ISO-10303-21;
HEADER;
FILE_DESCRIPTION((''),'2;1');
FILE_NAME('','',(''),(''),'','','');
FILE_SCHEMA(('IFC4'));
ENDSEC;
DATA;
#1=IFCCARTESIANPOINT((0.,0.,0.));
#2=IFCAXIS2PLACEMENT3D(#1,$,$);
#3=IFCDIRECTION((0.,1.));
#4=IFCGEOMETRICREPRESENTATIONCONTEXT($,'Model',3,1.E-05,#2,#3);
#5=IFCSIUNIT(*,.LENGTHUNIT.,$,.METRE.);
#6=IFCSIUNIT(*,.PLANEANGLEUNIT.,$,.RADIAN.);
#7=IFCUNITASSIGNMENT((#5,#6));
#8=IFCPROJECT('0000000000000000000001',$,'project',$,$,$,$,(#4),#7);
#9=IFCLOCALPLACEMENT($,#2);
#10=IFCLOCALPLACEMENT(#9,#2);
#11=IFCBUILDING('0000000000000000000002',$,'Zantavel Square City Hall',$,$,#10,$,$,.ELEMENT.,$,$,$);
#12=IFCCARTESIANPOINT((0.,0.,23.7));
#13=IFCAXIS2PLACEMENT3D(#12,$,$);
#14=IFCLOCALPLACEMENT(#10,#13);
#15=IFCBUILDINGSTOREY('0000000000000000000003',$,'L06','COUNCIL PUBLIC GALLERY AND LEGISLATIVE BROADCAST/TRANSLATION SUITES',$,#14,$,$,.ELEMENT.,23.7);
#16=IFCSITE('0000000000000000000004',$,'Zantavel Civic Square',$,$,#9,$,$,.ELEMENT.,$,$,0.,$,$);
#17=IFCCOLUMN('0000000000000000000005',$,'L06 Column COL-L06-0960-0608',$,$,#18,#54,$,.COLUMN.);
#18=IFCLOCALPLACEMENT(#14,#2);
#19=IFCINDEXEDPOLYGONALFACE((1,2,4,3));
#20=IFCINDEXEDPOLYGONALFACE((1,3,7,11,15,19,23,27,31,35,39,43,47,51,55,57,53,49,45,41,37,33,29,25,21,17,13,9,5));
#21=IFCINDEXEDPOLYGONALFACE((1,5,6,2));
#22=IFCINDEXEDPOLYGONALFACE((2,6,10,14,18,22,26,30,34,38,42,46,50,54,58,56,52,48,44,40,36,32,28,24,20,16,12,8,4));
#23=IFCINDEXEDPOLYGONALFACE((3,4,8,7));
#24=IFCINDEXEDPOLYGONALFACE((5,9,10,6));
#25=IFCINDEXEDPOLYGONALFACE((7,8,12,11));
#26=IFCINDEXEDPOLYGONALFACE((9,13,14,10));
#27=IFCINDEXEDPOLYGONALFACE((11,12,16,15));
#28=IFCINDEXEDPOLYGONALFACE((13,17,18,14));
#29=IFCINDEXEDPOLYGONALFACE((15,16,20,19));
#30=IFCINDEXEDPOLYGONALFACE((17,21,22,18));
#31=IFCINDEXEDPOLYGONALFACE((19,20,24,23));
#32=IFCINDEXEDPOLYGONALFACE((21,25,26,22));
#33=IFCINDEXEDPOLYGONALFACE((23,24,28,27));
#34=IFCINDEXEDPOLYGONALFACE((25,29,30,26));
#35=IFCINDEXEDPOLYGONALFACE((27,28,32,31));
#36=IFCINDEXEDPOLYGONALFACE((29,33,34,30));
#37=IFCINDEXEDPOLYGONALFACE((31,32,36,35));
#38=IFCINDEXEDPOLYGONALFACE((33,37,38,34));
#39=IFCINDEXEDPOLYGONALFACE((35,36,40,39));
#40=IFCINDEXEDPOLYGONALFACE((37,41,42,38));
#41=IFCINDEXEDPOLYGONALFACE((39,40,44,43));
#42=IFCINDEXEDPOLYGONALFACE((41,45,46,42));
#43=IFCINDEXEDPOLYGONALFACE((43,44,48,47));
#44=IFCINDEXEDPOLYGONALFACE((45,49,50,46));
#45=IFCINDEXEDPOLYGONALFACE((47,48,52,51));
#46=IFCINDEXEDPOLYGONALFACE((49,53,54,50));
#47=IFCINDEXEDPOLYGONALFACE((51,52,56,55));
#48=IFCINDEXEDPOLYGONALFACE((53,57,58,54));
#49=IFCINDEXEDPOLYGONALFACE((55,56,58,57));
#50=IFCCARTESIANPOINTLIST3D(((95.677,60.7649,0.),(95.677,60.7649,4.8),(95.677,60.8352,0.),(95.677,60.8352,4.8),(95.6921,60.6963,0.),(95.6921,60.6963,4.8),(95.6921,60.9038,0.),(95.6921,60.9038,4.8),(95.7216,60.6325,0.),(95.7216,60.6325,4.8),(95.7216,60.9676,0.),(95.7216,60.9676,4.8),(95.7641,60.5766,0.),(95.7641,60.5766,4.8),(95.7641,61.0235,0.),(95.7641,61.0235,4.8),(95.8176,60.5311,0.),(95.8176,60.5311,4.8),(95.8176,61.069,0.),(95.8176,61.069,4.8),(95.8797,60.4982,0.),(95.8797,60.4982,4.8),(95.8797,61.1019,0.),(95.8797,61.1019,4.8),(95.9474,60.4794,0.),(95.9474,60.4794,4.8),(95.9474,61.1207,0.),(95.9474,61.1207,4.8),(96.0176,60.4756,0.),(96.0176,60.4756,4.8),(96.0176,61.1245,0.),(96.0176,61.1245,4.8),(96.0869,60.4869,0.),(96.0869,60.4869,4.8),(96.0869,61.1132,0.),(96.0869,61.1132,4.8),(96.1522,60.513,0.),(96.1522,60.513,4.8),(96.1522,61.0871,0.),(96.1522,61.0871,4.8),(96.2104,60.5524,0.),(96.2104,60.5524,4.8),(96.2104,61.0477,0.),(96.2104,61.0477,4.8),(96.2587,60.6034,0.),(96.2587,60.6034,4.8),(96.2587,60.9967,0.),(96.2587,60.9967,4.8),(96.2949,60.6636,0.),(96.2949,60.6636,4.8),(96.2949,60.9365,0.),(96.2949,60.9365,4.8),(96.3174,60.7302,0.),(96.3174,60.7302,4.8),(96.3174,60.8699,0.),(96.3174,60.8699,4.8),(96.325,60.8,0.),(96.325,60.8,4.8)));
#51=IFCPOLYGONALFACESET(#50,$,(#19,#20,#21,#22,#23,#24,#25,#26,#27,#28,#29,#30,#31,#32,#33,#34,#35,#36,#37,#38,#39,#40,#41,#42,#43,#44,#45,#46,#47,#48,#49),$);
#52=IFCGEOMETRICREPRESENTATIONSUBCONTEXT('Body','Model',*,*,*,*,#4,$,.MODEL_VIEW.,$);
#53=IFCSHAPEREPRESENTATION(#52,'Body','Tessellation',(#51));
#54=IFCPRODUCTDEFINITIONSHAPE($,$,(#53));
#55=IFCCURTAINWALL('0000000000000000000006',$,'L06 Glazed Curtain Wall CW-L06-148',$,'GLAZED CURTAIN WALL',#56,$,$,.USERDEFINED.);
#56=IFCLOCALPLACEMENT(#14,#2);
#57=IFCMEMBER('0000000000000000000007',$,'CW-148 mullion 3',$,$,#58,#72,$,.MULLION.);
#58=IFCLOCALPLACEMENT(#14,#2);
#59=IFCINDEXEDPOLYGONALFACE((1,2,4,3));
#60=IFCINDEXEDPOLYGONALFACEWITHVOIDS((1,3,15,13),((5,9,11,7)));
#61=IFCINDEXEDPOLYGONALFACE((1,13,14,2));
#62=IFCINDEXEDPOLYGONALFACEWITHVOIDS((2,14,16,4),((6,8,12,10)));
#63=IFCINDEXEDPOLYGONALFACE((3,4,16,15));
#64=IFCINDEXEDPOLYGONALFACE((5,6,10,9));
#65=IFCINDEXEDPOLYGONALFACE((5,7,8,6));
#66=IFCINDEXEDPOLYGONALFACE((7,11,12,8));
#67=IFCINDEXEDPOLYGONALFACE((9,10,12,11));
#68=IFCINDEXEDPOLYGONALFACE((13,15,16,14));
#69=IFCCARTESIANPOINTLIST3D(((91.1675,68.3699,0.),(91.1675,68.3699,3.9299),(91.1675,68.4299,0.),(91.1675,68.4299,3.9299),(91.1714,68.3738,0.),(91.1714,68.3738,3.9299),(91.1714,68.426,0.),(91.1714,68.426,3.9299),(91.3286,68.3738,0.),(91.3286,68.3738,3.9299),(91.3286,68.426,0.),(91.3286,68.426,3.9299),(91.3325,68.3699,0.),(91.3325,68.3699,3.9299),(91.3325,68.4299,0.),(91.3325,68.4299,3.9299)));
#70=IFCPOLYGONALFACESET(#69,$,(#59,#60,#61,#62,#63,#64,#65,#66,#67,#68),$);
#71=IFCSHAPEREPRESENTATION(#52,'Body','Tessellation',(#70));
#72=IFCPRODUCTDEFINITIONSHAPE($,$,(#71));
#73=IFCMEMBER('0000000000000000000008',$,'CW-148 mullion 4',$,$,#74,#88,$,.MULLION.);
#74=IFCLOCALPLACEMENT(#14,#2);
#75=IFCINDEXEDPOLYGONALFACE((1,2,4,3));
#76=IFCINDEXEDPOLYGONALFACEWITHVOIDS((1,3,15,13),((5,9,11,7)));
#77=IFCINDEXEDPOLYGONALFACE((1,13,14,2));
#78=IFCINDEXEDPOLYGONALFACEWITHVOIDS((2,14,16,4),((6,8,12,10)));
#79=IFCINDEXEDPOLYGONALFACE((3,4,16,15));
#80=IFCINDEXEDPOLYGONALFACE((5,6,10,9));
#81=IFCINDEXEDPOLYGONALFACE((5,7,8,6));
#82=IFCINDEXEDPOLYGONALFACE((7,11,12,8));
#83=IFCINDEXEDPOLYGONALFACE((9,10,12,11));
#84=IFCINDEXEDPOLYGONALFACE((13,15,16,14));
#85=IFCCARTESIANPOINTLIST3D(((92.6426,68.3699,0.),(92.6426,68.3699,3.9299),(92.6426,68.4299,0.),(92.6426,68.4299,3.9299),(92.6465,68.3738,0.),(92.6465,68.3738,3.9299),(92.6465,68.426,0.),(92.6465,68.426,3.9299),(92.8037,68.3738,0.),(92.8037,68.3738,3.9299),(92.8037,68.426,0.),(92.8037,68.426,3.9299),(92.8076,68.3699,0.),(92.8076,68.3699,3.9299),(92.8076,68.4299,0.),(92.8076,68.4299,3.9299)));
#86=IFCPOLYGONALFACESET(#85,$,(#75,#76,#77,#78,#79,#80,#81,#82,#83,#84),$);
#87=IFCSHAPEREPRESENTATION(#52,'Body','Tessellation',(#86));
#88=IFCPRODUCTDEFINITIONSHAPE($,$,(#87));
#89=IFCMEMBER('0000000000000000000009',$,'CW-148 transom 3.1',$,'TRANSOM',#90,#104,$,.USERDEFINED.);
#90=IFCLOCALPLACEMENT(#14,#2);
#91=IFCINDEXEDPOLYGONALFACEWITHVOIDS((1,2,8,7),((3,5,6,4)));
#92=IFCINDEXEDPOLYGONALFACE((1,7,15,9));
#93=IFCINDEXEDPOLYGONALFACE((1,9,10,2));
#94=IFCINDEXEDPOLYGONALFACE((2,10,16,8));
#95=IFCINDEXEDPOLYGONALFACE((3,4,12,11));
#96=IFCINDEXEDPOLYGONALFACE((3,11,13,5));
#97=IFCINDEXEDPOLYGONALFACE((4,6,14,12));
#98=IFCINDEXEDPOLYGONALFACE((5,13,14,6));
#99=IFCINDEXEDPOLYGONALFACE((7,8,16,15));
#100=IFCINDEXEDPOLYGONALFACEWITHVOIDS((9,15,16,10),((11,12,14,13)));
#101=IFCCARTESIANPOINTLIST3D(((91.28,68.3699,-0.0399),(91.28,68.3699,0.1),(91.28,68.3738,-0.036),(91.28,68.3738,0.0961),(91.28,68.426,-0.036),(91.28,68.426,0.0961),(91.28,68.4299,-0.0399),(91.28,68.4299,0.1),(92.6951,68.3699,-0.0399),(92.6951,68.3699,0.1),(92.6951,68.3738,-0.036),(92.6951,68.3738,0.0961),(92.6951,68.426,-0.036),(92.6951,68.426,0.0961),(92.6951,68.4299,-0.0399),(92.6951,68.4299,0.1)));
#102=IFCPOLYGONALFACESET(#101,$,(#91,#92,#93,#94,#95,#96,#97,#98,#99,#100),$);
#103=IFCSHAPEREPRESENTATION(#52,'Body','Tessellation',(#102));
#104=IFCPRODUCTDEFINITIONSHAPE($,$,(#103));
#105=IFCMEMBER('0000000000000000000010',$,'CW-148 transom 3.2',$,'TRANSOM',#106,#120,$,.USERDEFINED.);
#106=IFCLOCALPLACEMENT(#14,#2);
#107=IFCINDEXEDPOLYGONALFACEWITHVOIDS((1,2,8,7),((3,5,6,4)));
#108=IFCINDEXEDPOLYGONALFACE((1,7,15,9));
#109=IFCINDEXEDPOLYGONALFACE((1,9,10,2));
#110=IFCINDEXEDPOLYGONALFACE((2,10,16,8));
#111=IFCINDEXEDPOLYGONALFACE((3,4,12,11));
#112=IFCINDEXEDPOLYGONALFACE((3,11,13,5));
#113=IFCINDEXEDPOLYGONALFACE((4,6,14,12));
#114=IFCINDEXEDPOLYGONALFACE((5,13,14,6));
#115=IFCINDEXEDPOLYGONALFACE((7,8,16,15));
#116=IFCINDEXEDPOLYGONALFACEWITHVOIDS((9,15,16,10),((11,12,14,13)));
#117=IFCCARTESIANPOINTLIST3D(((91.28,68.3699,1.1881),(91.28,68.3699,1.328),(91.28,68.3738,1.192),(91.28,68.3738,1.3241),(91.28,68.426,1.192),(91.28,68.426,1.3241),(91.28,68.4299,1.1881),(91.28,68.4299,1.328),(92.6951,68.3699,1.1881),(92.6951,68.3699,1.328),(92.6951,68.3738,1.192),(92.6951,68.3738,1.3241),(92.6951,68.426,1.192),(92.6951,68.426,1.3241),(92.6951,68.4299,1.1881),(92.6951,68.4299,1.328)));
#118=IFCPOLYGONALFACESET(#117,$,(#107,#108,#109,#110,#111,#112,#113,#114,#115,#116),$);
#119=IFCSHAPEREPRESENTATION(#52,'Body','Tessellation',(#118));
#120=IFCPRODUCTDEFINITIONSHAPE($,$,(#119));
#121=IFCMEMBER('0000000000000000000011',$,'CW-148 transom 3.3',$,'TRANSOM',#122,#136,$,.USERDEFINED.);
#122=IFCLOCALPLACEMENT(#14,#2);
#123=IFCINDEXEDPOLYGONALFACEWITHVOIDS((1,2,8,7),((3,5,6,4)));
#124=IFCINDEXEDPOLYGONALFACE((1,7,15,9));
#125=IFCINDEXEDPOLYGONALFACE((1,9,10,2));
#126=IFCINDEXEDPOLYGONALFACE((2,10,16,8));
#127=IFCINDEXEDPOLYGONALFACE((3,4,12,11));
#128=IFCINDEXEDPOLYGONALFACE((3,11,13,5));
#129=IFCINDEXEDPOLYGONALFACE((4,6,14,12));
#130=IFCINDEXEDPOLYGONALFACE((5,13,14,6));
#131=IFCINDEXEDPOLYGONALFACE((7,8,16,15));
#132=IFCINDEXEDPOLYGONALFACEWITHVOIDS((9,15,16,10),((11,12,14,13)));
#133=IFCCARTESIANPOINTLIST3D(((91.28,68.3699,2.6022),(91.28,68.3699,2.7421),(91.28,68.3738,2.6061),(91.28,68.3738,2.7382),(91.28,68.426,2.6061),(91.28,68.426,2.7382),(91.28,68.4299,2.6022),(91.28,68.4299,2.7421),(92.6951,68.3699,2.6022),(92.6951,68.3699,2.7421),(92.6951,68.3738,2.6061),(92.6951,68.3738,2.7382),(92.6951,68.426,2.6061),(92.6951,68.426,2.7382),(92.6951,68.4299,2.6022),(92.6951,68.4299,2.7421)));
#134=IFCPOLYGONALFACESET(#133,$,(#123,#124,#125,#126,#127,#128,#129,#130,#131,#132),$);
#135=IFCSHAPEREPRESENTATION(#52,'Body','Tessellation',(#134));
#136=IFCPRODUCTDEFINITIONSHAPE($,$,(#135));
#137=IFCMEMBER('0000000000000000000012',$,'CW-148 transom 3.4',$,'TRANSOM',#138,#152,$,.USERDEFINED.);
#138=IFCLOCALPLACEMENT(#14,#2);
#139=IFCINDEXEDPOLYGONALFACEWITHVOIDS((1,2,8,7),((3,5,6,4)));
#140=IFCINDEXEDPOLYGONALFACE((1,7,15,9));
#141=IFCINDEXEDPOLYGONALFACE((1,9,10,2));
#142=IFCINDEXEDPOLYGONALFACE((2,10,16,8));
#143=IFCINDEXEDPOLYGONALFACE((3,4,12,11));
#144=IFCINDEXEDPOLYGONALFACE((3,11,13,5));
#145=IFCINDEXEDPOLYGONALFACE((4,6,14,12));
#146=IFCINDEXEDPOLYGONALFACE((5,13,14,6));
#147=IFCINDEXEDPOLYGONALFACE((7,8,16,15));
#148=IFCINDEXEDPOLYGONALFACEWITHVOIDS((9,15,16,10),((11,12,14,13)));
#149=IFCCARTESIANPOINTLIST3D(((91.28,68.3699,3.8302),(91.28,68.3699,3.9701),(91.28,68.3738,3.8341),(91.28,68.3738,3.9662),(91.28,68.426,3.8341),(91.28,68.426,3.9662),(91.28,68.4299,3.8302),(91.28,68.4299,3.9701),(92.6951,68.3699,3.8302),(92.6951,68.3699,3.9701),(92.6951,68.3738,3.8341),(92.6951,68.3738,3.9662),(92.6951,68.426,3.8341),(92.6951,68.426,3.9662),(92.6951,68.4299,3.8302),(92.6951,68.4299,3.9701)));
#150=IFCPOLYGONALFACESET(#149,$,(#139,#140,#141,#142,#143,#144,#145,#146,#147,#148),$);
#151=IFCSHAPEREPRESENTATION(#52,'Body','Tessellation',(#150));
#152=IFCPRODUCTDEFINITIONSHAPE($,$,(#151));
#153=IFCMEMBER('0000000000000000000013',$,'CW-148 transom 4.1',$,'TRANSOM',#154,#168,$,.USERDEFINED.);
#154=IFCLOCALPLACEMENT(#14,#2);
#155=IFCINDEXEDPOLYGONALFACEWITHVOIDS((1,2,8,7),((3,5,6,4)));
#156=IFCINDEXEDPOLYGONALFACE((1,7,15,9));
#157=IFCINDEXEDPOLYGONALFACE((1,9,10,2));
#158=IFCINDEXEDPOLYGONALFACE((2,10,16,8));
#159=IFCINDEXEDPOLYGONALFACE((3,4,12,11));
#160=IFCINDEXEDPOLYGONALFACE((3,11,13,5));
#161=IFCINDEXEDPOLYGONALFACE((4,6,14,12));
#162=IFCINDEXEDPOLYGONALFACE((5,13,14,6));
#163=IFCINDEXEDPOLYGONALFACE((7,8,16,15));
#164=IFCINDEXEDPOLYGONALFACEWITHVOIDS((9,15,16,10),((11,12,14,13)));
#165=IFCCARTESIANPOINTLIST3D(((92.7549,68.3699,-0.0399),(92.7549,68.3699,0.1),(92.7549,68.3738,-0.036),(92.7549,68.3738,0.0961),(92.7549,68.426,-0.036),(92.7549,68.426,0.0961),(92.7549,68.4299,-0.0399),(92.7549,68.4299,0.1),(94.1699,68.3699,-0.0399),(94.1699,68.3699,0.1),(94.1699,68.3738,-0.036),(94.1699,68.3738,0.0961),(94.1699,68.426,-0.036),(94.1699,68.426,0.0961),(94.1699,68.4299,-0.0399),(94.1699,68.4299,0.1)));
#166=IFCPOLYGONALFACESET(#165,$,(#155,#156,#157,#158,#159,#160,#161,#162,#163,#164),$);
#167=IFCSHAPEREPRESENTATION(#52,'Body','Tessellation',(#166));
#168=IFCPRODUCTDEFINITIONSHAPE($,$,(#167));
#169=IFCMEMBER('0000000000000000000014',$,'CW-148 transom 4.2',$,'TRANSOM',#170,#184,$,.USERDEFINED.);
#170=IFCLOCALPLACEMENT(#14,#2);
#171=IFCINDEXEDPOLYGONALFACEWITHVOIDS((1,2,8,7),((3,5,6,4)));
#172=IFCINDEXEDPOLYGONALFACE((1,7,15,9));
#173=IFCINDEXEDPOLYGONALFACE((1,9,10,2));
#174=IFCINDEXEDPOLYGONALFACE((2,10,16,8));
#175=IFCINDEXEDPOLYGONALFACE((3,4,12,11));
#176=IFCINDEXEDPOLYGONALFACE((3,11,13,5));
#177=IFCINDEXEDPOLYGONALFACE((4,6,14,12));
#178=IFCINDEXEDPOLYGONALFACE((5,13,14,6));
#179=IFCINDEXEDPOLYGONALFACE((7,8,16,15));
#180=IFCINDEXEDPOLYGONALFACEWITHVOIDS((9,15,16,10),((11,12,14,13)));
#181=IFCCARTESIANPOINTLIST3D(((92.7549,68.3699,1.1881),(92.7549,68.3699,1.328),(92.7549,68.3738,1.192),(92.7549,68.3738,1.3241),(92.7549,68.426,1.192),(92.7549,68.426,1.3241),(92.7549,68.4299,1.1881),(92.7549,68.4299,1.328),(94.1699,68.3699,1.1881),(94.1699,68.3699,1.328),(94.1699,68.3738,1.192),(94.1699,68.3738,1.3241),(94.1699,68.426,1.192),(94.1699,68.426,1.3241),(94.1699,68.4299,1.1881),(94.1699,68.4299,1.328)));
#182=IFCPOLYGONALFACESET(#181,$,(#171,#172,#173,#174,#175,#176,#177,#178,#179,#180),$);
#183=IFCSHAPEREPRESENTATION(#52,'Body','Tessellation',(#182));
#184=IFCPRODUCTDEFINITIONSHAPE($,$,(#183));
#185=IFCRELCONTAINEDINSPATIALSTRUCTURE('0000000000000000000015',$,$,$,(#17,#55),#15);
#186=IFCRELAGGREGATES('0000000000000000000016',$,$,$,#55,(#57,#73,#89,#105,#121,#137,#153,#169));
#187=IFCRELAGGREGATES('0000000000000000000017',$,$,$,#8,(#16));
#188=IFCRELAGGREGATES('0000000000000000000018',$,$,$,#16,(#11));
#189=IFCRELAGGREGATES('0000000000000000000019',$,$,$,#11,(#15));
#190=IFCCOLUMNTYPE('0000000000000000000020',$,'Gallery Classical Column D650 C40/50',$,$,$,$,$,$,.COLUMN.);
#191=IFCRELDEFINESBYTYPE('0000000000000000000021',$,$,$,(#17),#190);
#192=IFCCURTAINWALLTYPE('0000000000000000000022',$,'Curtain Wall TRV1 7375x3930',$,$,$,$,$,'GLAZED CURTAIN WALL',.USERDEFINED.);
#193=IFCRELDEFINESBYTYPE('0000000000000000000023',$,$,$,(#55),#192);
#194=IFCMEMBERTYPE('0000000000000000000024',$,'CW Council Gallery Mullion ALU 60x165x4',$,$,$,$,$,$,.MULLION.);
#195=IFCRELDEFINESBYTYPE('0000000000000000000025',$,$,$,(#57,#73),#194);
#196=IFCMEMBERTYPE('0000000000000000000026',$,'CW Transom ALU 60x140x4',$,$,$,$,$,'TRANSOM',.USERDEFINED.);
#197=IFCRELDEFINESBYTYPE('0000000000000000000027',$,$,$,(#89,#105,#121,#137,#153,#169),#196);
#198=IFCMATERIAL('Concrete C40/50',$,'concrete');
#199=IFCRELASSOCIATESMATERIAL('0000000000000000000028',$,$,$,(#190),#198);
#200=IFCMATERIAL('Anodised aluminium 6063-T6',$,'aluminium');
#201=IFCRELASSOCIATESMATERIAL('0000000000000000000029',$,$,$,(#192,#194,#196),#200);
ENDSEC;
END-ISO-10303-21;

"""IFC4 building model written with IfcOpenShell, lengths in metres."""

from ifc_helpers import new_model, si_unit, direction, frame, origin, origin_2d, place, context, subcontext, project, spatial, hollow_rectangle, circle, extrude, material, material_profile, profile_set, type_object, element, aggregate, save


model = new_model("IFC4")

# Units and contexts
model_context = context("Model", 3, precision=1e-05, world=origin(), true_north=direction((0.0, 1.0)))
body_context = subcontext(model_context, "Body", "Model", "MODEL_VIEW")
ifc_project = project(units=[si_unit("LENGTHUNIT", "METRE"), si_unit("PLANEANGLEUNIT", "RADIAN")], contexts=[model_context])

# Site, building, storey
site_placement = place(None, origin())
site = spatial("IfcSite", under=ifc_project, at=site_placement, Name="Zantavel Civic Square", CompositionType="ELEMENT", RefElevation=0.0)
building_placement = place(site_placement, origin())
building = spatial("IfcBuilding", under=site, at=building_placement, Name="Zantavel Square City Hall", CompositionType="ELEMENT")
storey_placement = place(building_placement, frame((0.0, 0.0, 23.7)))
storey = spatial("IfcBuildingStorey", under=building, at=storey_placement, Name="L06", Description="COUNCIL PUBLIC GALLERY AND LEGISLATIVE BROADCAST/TRANSLATION SUITES", CompositionType="ELEMENT", Elevation=23.7)

# Column
ifc_material_1 = material(Name="Concrete C40/50", Category="concrete")
ifc_material_profile_1 = material_profile(ifc_material_1, circle(Radius=0.325, at=origin_2d()), Name="ROUND D650")
ifc_profile_set_1 = profile_set([ifc_material_profile_1], Name="Concrete C40/50")
column_type = type_object("IfcColumnType", Name="Gallery Classical Column D650 C40/50", PredefinedType="COLUMN", material=ifc_profile_set_1)
column_placement = place(storey_placement, frame((96.0, 60.8, 0.0), z_axis=(0.0, 0.0, 1.0), x_axis=(1.0, 0.0, 0.0)))
element("IfcColumn", 1, at=column_placement, inside=storey, type_object=column_type, Name="L06 Column COL-L06-0960-0608", PredefinedType="COLUMN", context=body_context, shape_type="SweptSolid", body=[
    extrude(circle(Radius=0.325, at=origin_2d()), origin(), (0.0, 0.0, 1.0), 4.8),
])

# Curtain wall, members
ifc_material_2 = material(Name="Anodised aluminium 6063-T6", Category="aluminium")
curtain_wall_type = type_object("IfcCurtainWallType", Name="Curtain Wall TRV1 7375x3930", ElementType="GLAZED CURTAIN WALL", PredefinedType="USERDEFINED", material=ifc_material_2)
curtain_wall_placement = place(storey_placement, origin())
curtain_wall = element("IfcCurtainWall", 2, at=curtain_wall_placement, inside=storey, type_object=curtain_wall_type, Name="L06 Glazed Curtain Wall CW-L06-148", ObjectType="GLAZED CURTAIN WALL", PredefinedType="USERDEFINED")
ifc_material_profile_2 = material_profile(ifc_material_2, hollow_rectangle(XDim=0.0601, YDim=0.165, WallThickness=0.0039, at=origin_2d()), Name="ALU 60x165x4")
ifc_profile_set_2 = profile_set([ifc_material_profile_2], Name="Anodised aluminium 6063-T6")
member_type_1 = type_object("IfcMemberType", Name="CW Council Gallery Mullion ALU 60x165x4", PredefinedType="MULLION", material=ifc_profile_set_2)
member_1_placement = place(storey_placement, frame((91.25, 68.3999, 0.0), z_axis=(0.0, 0.0, 1.0), x_axis=(0.0, 1.0, 0.0)))
member_1 = element("IfcMember", 3, at=member_1_placement, type_object=member_type_1, Name="CW-148 mullion 3", PredefinedType="MULLION", context=body_context, shape_type="SweptSolid", body=[
    extrude(hollow_rectangle(XDim=0.0601, YDim=0.165, WallThickness=0.0039, at=origin_2d()), origin(), (0.0, 0.0, 1.0), 3.9299),
])
member_2_placement = place(storey_placement, frame((92.7251, 68.3999, 0.0), z_axis=(0.0, 0.0, 1.0), x_axis=(0.0, 1.0, 0.0)))
member_2 = element("IfcMember", 4, at=member_2_placement, type_object=member_type_1, Name="CW-148 mullion 4", PredefinedType="MULLION", context=body_context, shape_type="SweptSolid", body=[
    extrude(hollow_rectangle(XDim=0.0601, YDim=0.165, WallThickness=0.0039, at=origin_2d()), origin(), (0.0, 0.0, 1.0), 3.9299),
])
ifc_material_profile_3 = material_profile(ifc_material_2, hollow_rectangle(XDim=0.0601, YDim=0.1399, WallThickness=0.0039, at=origin_2d()), Name="ALU 60x140x4")
ifc_profile_set_3 = profile_set([ifc_material_profile_3], Name="Anodised aluminium 6063-T6")
member_type_2 = type_object("IfcMemberType", Name="CW Transom ALU 60x140x4", ElementType="TRANSOM", PredefinedType="USERDEFINED", material=ifc_profile_set_3)
member_3_placement = place(storey_placement, frame((91.28, 68.3999, 0.03), z_axis=(1.0, 0.0, 0.0), x_axis=(0.0, 1.0, 0.0)))
member_3 = element("IfcMember", 5, at=member_3_placement, type_object=member_type_2, Name="CW-148 transom 3.1", ObjectType="TRANSOM", PredefinedType="USERDEFINED", context=body_context, shape_type="SweptSolid", body=[
    extrude(hollow_rectangle(XDim=0.0601, YDim=0.1399, WallThickness=0.0039, at=origin_2d()), origin(), (0.0, 0.0, 1.0), 1.415),
])
member_4_placement = place(storey_placement, frame((91.28, 68.3999, 1.2581), z_axis=(1.0, 0.0, 0.0), x_axis=(0.0, 1.0, 0.0)))
member_4 = element("IfcMember", 6, at=member_4_placement, type_object=member_type_2, Name="CW-148 transom 3.2", ObjectType="TRANSOM", PredefinedType="USERDEFINED", context=body_context, shape_type="SweptSolid", body=[
    extrude(hollow_rectangle(XDim=0.0601, YDim=0.1399, WallThickness=0.0039, at=origin_2d()), origin(), (0.0, 0.0, 1.0), 1.415),
])
member_5_placement = place(storey_placement, frame((91.28, 68.3999, 2.6721), z_axis=(1.0, 0.0, 0.0), x_axis=(0.0, 1.0, 0.0)))
member_5 = element("IfcMember", 7, at=member_5_placement, type_object=member_type_2, Name="CW-148 transom 3.3", ObjectType="TRANSOM", PredefinedType="USERDEFINED", context=body_context, shape_type="SweptSolid", body=[
    extrude(hollow_rectangle(XDim=0.0601, YDim=0.1399, WallThickness=0.0039, at=origin_2d()), origin(), (0.0, 0.0, 1.0), 1.415),
])
member_6_placement = place(storey_placement, frame((91.28, 68.3999, 3.9001), z_axis=(1.0, 0.0, 0.0), x_axis=(0.0, 1.0, 0.0)))
member_6 = element("IfcMember", 8, at=member_6_placement, type_object=member_type_2, Name="CW-148 transom 3.4", ObjectType="TRANSOM", PredefinedType="USERDEFINED", context=body_context, shape_type="SweptSolid", body=[
    extrude(hollow_rectangle(XDim=0.0601, YDim=0.1399, WallThickness=0.0039, at=origin_2d()), origin(), (0.0, 0.0, 1.0), 1.415),
])
member_7_placement = place(storey_placement, frame((92.7549, 68.3999, 0.03), z_axis=(1.0, 0.0, 0.0), x_axis=(0.0, 1.0, 0.0)))
member_7 = element("IfcMember", 9, at=member_7_placement, type_object=member_type_2, Name="CW-148 transom 4.1", ObjectType="TRANSOM", PredefinedType="USERDEFINED", context=body_context, shape_type="SweptSolid", body=[
    extrude(hollow_rectangle(XDim=0.0601, YDim=0.1399, WallThickness=0.0039, at=origin_2d()), origin(), (0.0, 0.0, 1.0), 1.415),
])
member_8_placement = place(storey_placement, frame((92.7549, 68.3999, 1.2581), z_axis=(1.0, 0.0, 0.0), x_axis=(0.0, 1.0, 0.0)))
member_8 = element("IfcMember", 10, at=member_8_placement, type_object=member_type_2, Name="CW-148 transom 4.2", ObjectType="TRANSOM", PredefinedType="USERDEFINED", context=body_context, shape_type="SweptSolid", body=[
    extrude(hollow_rectangle(XDim=0.0601, YDim=0.1399, WallThickness=0.0039, at=origin_2d()), origin(), (0.0, 0.0, 1.0), 1.415),
])

aggregate(curtain_wall, [member_1, member_2, member_3, member_4, member_5, member_6, member_7, member_8])

save(model, "model.ifc")
